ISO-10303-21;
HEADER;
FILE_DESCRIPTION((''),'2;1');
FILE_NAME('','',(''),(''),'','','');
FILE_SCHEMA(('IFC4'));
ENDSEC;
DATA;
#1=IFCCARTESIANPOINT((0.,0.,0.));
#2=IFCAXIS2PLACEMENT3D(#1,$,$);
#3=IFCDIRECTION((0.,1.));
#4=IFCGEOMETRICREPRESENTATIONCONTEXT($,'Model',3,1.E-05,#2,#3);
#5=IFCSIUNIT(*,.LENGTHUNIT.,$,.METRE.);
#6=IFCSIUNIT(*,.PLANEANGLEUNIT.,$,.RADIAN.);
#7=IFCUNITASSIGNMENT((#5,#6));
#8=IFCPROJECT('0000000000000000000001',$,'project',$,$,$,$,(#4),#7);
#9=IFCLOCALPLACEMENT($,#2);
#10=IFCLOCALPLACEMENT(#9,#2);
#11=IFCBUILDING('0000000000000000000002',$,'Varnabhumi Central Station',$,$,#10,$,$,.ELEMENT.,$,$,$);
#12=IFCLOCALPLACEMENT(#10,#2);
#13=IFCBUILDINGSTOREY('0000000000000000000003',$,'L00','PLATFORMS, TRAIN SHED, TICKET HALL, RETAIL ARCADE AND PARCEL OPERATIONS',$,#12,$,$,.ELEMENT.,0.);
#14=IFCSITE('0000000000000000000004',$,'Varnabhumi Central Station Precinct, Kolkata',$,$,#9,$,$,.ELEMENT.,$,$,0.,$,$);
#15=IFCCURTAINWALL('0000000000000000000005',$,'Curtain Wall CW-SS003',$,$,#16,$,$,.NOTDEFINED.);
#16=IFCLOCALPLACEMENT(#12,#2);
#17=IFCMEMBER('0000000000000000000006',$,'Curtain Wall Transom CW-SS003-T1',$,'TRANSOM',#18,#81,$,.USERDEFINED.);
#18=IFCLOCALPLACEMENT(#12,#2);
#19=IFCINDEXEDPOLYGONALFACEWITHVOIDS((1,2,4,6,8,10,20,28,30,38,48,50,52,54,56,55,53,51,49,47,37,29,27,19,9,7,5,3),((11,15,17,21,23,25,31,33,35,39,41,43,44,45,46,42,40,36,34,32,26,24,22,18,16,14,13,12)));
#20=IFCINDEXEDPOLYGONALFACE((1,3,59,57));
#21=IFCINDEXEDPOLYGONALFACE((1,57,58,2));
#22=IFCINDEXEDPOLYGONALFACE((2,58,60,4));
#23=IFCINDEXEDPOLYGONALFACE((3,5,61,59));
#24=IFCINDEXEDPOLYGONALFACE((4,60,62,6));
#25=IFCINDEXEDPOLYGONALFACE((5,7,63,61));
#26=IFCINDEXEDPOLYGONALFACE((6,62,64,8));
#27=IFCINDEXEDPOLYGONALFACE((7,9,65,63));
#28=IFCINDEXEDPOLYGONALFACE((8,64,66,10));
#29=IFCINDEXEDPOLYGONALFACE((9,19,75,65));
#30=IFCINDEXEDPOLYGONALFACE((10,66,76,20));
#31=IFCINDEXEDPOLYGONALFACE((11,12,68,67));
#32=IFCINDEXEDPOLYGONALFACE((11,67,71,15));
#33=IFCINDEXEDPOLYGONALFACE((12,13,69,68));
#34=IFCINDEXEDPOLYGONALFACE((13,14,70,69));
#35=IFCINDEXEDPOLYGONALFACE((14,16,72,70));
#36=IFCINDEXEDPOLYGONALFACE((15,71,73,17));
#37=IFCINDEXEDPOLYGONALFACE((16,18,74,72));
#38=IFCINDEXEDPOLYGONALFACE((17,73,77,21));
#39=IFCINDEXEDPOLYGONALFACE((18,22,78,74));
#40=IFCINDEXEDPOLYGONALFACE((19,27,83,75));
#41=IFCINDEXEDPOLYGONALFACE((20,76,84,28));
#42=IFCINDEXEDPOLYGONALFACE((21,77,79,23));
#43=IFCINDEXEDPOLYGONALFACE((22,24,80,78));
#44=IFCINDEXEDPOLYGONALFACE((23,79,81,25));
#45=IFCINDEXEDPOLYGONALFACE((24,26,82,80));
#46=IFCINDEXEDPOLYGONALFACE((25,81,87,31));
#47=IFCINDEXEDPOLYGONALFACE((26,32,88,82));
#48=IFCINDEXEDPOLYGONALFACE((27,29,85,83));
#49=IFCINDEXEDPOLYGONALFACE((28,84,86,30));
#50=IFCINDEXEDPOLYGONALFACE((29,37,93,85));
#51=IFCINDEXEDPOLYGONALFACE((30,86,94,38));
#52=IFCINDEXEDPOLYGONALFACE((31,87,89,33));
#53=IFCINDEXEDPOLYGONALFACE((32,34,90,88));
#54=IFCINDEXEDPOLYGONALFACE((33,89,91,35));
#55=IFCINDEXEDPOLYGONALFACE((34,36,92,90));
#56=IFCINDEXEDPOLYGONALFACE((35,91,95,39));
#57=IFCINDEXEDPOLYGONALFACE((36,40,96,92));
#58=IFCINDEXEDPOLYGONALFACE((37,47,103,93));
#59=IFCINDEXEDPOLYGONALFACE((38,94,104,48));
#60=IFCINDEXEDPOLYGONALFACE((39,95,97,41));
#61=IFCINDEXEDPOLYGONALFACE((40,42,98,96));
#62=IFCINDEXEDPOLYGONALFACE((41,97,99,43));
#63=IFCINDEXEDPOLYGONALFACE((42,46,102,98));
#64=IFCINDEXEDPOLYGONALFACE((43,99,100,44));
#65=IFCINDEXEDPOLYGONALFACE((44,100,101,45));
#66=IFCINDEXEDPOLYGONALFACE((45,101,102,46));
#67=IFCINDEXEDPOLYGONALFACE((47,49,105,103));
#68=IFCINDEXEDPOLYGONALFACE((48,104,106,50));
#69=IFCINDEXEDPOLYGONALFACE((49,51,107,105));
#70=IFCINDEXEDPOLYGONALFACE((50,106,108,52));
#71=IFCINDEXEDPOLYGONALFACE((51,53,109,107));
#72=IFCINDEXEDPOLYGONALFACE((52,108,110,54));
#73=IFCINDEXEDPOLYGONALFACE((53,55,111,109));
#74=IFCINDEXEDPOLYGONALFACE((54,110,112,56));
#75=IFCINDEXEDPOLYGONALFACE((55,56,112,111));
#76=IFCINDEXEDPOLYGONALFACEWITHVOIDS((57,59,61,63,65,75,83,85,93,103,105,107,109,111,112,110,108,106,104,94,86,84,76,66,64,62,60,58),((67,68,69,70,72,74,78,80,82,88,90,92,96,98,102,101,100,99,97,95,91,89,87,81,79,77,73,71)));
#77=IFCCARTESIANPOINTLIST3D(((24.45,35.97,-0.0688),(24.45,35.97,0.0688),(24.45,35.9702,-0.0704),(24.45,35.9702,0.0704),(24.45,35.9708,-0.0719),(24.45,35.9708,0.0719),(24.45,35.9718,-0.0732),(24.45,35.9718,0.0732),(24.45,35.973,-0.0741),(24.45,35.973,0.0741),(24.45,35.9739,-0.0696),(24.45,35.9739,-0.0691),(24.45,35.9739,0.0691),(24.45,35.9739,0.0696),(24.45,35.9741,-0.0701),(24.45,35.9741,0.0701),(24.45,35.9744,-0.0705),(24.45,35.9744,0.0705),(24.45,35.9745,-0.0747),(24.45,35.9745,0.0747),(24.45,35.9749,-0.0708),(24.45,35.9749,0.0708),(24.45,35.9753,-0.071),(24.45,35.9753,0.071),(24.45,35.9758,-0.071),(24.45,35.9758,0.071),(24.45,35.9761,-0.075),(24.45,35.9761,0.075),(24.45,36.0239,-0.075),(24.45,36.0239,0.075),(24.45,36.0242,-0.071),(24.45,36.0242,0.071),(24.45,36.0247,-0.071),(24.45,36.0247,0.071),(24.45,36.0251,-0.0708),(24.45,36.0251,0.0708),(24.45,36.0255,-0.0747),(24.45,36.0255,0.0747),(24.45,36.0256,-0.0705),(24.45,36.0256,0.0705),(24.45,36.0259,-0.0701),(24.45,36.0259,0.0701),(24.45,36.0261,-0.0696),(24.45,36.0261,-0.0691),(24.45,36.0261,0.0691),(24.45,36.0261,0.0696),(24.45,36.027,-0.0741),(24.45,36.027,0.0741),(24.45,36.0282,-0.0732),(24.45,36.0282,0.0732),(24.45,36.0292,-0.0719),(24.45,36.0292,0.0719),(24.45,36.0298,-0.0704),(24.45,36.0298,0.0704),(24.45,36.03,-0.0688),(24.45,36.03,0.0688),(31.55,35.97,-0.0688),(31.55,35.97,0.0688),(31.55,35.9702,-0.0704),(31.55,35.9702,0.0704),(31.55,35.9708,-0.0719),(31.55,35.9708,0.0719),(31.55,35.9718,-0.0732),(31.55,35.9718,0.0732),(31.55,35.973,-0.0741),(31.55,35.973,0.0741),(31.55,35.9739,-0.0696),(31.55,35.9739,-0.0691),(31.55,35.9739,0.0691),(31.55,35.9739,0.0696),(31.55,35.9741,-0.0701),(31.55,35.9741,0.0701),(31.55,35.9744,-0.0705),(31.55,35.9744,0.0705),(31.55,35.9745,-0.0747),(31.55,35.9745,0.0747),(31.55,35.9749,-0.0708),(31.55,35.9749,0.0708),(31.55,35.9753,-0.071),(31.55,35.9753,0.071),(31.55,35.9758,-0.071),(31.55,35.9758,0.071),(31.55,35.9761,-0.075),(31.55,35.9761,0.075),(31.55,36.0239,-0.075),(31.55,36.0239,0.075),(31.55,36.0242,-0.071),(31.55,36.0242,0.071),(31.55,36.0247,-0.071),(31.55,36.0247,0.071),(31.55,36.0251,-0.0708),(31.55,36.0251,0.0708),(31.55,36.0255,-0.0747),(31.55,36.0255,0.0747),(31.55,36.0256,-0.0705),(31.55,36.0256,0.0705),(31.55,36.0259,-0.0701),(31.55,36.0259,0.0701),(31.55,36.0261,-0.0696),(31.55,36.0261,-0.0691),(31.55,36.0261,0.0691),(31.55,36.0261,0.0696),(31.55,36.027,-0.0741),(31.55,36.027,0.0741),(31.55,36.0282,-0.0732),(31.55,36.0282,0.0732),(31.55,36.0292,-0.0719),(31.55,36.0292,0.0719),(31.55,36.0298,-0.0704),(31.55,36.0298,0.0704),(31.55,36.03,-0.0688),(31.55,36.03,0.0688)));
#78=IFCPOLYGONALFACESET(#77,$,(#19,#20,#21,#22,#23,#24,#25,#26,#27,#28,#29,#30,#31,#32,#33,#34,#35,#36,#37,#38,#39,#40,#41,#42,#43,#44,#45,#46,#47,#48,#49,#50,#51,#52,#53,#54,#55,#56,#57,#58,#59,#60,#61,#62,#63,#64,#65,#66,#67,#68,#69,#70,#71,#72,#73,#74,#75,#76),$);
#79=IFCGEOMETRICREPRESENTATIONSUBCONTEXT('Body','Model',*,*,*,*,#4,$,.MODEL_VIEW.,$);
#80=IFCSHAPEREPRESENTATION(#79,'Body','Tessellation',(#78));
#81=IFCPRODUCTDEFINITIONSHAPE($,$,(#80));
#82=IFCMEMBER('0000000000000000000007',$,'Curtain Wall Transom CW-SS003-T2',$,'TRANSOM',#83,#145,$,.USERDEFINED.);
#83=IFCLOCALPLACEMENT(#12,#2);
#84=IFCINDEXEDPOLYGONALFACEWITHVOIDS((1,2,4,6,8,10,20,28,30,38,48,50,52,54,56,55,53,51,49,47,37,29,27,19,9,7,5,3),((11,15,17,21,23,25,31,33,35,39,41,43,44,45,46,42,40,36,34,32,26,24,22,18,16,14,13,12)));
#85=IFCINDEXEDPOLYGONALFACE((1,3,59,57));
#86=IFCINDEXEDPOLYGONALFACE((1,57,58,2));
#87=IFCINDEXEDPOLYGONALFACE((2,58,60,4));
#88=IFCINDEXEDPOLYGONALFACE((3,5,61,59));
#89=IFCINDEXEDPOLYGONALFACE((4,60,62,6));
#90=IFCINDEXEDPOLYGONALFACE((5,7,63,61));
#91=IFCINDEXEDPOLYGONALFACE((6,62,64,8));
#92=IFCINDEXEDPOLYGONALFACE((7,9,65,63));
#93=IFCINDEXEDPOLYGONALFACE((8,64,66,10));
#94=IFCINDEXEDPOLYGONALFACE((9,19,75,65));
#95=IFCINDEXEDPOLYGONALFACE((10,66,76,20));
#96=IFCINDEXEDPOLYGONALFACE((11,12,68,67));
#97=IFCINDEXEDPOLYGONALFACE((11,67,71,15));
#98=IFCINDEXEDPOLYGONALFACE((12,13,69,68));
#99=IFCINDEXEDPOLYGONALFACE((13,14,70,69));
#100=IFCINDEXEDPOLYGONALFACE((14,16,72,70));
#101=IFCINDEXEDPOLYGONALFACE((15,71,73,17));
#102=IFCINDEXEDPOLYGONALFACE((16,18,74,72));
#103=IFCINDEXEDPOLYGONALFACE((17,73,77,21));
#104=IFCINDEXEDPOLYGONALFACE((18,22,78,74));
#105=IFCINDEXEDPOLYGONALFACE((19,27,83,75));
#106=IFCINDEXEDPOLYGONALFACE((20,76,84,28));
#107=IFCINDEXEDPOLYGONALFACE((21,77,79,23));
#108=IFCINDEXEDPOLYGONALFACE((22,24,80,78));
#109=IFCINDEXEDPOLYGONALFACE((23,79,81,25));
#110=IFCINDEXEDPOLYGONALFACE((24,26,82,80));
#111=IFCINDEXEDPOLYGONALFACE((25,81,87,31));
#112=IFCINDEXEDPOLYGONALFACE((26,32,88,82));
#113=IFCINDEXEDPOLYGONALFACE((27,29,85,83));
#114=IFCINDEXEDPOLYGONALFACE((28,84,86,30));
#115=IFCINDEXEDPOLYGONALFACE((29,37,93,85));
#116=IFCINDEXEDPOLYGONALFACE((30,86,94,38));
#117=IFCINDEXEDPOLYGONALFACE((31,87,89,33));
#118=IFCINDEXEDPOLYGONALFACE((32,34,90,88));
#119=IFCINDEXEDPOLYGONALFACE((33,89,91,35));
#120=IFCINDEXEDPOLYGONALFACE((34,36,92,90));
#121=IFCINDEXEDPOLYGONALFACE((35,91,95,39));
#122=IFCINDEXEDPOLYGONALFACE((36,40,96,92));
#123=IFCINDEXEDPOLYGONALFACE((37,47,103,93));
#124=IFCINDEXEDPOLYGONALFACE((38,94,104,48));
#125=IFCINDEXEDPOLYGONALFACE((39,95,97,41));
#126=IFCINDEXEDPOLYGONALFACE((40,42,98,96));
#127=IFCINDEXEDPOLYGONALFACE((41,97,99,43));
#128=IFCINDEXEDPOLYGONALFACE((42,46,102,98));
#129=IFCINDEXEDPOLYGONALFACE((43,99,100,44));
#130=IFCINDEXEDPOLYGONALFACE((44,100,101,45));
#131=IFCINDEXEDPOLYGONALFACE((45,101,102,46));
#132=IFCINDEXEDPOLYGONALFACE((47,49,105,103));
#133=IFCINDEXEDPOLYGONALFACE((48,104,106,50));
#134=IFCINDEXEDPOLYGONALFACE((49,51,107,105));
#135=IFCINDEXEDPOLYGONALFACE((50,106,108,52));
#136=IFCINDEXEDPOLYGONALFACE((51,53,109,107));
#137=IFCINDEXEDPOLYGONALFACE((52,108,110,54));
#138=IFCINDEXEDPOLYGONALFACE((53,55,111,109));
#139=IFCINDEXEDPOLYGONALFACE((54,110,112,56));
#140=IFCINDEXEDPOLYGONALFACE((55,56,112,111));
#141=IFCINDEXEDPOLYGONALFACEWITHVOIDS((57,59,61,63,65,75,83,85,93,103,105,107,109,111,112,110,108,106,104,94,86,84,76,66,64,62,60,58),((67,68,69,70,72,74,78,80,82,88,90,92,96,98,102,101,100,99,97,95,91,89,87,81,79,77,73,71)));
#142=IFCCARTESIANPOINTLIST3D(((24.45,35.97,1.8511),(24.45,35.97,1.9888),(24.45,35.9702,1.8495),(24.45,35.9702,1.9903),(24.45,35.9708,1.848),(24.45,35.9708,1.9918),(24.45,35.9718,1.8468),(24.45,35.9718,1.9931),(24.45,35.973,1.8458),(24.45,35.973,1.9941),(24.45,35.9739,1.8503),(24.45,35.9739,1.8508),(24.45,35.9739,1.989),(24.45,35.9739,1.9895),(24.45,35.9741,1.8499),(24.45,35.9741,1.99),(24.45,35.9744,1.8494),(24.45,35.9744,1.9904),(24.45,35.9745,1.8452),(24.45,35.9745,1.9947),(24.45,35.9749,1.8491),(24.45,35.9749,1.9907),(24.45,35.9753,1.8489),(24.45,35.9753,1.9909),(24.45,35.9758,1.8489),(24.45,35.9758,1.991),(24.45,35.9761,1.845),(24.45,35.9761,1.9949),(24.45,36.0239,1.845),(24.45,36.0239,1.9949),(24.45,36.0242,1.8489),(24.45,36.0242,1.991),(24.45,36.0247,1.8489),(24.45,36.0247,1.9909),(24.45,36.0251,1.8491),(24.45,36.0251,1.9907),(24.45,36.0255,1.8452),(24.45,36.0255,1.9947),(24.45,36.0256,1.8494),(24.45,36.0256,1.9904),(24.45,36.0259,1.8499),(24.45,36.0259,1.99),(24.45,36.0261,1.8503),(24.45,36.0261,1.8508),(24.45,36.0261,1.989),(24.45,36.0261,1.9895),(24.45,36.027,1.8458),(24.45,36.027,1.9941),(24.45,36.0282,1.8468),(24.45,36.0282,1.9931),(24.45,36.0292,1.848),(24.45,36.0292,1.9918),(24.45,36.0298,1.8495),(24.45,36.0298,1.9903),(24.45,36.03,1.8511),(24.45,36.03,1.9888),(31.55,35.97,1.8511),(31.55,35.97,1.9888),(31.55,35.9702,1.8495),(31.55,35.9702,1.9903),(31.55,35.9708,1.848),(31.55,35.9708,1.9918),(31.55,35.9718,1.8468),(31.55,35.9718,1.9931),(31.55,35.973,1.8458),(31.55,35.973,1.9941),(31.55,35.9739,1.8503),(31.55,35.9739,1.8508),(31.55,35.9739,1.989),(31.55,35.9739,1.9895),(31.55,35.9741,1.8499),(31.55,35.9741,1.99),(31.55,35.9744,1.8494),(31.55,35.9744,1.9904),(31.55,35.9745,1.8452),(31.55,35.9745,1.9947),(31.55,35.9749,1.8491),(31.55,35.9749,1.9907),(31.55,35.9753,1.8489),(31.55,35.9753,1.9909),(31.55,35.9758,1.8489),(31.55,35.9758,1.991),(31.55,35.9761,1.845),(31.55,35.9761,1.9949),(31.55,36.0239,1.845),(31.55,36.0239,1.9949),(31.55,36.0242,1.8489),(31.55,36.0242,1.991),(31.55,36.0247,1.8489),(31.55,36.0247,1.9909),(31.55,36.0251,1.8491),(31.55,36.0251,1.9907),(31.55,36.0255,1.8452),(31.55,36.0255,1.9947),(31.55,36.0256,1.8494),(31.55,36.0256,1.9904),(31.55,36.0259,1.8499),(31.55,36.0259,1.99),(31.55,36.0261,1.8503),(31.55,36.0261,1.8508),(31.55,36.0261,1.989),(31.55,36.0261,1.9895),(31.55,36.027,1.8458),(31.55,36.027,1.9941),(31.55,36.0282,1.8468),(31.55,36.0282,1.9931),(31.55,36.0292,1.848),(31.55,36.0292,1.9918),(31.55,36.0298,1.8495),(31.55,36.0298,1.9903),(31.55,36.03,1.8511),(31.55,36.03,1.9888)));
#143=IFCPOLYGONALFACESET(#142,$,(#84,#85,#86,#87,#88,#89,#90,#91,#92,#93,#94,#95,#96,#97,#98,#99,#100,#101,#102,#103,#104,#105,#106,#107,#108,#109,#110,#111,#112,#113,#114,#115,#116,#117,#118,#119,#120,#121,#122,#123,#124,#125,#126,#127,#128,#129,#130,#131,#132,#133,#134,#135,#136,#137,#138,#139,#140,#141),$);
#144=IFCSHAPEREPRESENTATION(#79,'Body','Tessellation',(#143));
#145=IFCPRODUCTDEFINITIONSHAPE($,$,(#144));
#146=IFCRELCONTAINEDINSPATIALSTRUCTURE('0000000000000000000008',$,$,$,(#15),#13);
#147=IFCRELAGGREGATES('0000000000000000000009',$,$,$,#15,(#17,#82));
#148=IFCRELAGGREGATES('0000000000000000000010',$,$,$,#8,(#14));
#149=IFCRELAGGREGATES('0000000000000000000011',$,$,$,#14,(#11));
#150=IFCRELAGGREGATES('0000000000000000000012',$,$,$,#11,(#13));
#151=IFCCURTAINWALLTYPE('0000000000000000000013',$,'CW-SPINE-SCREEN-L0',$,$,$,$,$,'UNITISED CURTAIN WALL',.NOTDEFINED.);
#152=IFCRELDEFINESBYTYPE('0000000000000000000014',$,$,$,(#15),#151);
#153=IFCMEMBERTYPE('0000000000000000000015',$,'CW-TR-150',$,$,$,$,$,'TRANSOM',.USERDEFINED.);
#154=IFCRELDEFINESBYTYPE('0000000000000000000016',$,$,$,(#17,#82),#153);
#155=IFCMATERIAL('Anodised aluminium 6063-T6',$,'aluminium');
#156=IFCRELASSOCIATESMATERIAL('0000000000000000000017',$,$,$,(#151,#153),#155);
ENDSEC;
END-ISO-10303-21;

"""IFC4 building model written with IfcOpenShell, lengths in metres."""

from ifc_helpers import new_model, si_unit, direction, frame, origin, origin_2d, place, context, subcontext, project, spatial, hollow_rectangle, extrude, material, material_profile, profile_set, type_object, element, aggregate, save


model = new_model("IFC4")

# Units and contexts
model_context = context("Model", 3, precision=1e-05, world=origin(), true_north=direction((0.0, 1.0)))
body_context = subcontext(model_context, "Body", "Model", "MODEL_VIEW")
ifc_project = project(units=[si_unit("LENGTHUNIT", "METRE"), si_unit("PLANEANGLEUNIT", "RADIAN")], contexts=[model_context])

# Site, building, storey
site_placement = place(None, origin())
site = spatial("IfcSite", under=ifc_project, at=site_placement, Name="Varnabhumi Central Station Precinct, Kolkata", CompositionType="ELEMENT", RefElevation=0.0)
building_placement = place(site_placement, origin())
building = spatial("IfcBuilding", under=site, at=building_placement, Name="Varnabhumi Central Station", CompositionType="ELEMENT")
storey_placement = place(building_placement, origin())
storey = spatial("IfcBuildingStorey", under=building, at=storey_placement, Name="L00", Description="PLATFORMS, TRAIN SHED, TICKET HALL, RETAIL ARCADE AND PARCEL OPERATIONS", CompositionType="ELEMENT", Elevation=0.0)

# Curtain wall, members
ifc_material_1 = material(Name="Anodised aluminium 6063-T6", Category="aluminium")
curtain_wall_type = type_object("IfcCurtainWallType", Name="CW-SPINE-SCREEN-L0", ElementType="UNITISED CURTAIN WALL", PredefinedType="NOTDEFINED", material=ifc_material_1)
curtain_wall_placement = place(storey_placement, origin())
curtain_wall = element("IfcCurtainWall", 1, at=curtain_wall_placement, inside=storey, type_object=curtain_wall_type, Name="Curtain Wall CW-SS003", PredefinedType="NOTDEFINED")
ifc_material_profile_1 = material_profile(ifc_material_1, hollow_rectangle(XDim=0.0601, YDim=0.1499, WallThickness=0.0039, InnerFilletRadius=0.002, OuterFilletRadius=0.0061, at=origin_2d()), Name="Anodised aluminium 6063-T6", Category="aluminium")
ifc_profile_set_1 = profile_set([ifc_material_profile_1], Name="Anodised aluminium 6063-T6")
member_type_1 = type_object("IfcMemberType", Name="CW-TR-150", ElementType="TRANSOM", PredefinedType="USERDEFINED", material=ifc_profile_set_1)
member_1_placement = place(storey_placement, frame((24.45, 36.0, 0.0), z_axis=(1.0, 0.0, 0.0), x_axis=(0.0, 1.0, 0.0)))
member_1 = element("IfcMember", 2, at=member_1_placement, type_object=member_type_1, Name="Curtain Wall Transom CW-SS003-T1", ObjectType="TRANSOM", PredefinedType="USERDEFINED", context=body_context, shape_type="SweptSolid", body=[
    extrude(hollow_rectangle(XDim=0.0601, YDim=0.1499, WallThickness=0.0039, InnerFilletRadius=0.002, OuterFilletRadius=0.0061, at=origin_2d()), origin(), (0.0, 0.0, 1.0), 7.1001),
])
member_2_placement = place(storey_placement, frame((24.45, 36.0, 1.9199), z_axis=(1.0, 0.0, 0.0), x_axis=(0.0, 1.0, 0.0)))
member_2 = element("IfcMember", 3, at=member_2_placement, type_object=member_type_1, Name="Curtain Wall Transom CW-SS003-T2", ObjectType="TRANSOM", PredefinedType="USERDEFINED", context=body_context, shape_type="SweptSolid", body=[
    extrude(hollow_rectangle(XDim=0.0601, YDim=0.1499, WallThickness=0.0039, InnerFilletRadius=0.002, OuterFilletRadius=0.0061, at=origin_2d()), origin(), (0.0, 0.0, 1.0), 7.1001),
])
aggregate(curtain_wall, [member_1, member_2])

save(model, "model.ifc")
